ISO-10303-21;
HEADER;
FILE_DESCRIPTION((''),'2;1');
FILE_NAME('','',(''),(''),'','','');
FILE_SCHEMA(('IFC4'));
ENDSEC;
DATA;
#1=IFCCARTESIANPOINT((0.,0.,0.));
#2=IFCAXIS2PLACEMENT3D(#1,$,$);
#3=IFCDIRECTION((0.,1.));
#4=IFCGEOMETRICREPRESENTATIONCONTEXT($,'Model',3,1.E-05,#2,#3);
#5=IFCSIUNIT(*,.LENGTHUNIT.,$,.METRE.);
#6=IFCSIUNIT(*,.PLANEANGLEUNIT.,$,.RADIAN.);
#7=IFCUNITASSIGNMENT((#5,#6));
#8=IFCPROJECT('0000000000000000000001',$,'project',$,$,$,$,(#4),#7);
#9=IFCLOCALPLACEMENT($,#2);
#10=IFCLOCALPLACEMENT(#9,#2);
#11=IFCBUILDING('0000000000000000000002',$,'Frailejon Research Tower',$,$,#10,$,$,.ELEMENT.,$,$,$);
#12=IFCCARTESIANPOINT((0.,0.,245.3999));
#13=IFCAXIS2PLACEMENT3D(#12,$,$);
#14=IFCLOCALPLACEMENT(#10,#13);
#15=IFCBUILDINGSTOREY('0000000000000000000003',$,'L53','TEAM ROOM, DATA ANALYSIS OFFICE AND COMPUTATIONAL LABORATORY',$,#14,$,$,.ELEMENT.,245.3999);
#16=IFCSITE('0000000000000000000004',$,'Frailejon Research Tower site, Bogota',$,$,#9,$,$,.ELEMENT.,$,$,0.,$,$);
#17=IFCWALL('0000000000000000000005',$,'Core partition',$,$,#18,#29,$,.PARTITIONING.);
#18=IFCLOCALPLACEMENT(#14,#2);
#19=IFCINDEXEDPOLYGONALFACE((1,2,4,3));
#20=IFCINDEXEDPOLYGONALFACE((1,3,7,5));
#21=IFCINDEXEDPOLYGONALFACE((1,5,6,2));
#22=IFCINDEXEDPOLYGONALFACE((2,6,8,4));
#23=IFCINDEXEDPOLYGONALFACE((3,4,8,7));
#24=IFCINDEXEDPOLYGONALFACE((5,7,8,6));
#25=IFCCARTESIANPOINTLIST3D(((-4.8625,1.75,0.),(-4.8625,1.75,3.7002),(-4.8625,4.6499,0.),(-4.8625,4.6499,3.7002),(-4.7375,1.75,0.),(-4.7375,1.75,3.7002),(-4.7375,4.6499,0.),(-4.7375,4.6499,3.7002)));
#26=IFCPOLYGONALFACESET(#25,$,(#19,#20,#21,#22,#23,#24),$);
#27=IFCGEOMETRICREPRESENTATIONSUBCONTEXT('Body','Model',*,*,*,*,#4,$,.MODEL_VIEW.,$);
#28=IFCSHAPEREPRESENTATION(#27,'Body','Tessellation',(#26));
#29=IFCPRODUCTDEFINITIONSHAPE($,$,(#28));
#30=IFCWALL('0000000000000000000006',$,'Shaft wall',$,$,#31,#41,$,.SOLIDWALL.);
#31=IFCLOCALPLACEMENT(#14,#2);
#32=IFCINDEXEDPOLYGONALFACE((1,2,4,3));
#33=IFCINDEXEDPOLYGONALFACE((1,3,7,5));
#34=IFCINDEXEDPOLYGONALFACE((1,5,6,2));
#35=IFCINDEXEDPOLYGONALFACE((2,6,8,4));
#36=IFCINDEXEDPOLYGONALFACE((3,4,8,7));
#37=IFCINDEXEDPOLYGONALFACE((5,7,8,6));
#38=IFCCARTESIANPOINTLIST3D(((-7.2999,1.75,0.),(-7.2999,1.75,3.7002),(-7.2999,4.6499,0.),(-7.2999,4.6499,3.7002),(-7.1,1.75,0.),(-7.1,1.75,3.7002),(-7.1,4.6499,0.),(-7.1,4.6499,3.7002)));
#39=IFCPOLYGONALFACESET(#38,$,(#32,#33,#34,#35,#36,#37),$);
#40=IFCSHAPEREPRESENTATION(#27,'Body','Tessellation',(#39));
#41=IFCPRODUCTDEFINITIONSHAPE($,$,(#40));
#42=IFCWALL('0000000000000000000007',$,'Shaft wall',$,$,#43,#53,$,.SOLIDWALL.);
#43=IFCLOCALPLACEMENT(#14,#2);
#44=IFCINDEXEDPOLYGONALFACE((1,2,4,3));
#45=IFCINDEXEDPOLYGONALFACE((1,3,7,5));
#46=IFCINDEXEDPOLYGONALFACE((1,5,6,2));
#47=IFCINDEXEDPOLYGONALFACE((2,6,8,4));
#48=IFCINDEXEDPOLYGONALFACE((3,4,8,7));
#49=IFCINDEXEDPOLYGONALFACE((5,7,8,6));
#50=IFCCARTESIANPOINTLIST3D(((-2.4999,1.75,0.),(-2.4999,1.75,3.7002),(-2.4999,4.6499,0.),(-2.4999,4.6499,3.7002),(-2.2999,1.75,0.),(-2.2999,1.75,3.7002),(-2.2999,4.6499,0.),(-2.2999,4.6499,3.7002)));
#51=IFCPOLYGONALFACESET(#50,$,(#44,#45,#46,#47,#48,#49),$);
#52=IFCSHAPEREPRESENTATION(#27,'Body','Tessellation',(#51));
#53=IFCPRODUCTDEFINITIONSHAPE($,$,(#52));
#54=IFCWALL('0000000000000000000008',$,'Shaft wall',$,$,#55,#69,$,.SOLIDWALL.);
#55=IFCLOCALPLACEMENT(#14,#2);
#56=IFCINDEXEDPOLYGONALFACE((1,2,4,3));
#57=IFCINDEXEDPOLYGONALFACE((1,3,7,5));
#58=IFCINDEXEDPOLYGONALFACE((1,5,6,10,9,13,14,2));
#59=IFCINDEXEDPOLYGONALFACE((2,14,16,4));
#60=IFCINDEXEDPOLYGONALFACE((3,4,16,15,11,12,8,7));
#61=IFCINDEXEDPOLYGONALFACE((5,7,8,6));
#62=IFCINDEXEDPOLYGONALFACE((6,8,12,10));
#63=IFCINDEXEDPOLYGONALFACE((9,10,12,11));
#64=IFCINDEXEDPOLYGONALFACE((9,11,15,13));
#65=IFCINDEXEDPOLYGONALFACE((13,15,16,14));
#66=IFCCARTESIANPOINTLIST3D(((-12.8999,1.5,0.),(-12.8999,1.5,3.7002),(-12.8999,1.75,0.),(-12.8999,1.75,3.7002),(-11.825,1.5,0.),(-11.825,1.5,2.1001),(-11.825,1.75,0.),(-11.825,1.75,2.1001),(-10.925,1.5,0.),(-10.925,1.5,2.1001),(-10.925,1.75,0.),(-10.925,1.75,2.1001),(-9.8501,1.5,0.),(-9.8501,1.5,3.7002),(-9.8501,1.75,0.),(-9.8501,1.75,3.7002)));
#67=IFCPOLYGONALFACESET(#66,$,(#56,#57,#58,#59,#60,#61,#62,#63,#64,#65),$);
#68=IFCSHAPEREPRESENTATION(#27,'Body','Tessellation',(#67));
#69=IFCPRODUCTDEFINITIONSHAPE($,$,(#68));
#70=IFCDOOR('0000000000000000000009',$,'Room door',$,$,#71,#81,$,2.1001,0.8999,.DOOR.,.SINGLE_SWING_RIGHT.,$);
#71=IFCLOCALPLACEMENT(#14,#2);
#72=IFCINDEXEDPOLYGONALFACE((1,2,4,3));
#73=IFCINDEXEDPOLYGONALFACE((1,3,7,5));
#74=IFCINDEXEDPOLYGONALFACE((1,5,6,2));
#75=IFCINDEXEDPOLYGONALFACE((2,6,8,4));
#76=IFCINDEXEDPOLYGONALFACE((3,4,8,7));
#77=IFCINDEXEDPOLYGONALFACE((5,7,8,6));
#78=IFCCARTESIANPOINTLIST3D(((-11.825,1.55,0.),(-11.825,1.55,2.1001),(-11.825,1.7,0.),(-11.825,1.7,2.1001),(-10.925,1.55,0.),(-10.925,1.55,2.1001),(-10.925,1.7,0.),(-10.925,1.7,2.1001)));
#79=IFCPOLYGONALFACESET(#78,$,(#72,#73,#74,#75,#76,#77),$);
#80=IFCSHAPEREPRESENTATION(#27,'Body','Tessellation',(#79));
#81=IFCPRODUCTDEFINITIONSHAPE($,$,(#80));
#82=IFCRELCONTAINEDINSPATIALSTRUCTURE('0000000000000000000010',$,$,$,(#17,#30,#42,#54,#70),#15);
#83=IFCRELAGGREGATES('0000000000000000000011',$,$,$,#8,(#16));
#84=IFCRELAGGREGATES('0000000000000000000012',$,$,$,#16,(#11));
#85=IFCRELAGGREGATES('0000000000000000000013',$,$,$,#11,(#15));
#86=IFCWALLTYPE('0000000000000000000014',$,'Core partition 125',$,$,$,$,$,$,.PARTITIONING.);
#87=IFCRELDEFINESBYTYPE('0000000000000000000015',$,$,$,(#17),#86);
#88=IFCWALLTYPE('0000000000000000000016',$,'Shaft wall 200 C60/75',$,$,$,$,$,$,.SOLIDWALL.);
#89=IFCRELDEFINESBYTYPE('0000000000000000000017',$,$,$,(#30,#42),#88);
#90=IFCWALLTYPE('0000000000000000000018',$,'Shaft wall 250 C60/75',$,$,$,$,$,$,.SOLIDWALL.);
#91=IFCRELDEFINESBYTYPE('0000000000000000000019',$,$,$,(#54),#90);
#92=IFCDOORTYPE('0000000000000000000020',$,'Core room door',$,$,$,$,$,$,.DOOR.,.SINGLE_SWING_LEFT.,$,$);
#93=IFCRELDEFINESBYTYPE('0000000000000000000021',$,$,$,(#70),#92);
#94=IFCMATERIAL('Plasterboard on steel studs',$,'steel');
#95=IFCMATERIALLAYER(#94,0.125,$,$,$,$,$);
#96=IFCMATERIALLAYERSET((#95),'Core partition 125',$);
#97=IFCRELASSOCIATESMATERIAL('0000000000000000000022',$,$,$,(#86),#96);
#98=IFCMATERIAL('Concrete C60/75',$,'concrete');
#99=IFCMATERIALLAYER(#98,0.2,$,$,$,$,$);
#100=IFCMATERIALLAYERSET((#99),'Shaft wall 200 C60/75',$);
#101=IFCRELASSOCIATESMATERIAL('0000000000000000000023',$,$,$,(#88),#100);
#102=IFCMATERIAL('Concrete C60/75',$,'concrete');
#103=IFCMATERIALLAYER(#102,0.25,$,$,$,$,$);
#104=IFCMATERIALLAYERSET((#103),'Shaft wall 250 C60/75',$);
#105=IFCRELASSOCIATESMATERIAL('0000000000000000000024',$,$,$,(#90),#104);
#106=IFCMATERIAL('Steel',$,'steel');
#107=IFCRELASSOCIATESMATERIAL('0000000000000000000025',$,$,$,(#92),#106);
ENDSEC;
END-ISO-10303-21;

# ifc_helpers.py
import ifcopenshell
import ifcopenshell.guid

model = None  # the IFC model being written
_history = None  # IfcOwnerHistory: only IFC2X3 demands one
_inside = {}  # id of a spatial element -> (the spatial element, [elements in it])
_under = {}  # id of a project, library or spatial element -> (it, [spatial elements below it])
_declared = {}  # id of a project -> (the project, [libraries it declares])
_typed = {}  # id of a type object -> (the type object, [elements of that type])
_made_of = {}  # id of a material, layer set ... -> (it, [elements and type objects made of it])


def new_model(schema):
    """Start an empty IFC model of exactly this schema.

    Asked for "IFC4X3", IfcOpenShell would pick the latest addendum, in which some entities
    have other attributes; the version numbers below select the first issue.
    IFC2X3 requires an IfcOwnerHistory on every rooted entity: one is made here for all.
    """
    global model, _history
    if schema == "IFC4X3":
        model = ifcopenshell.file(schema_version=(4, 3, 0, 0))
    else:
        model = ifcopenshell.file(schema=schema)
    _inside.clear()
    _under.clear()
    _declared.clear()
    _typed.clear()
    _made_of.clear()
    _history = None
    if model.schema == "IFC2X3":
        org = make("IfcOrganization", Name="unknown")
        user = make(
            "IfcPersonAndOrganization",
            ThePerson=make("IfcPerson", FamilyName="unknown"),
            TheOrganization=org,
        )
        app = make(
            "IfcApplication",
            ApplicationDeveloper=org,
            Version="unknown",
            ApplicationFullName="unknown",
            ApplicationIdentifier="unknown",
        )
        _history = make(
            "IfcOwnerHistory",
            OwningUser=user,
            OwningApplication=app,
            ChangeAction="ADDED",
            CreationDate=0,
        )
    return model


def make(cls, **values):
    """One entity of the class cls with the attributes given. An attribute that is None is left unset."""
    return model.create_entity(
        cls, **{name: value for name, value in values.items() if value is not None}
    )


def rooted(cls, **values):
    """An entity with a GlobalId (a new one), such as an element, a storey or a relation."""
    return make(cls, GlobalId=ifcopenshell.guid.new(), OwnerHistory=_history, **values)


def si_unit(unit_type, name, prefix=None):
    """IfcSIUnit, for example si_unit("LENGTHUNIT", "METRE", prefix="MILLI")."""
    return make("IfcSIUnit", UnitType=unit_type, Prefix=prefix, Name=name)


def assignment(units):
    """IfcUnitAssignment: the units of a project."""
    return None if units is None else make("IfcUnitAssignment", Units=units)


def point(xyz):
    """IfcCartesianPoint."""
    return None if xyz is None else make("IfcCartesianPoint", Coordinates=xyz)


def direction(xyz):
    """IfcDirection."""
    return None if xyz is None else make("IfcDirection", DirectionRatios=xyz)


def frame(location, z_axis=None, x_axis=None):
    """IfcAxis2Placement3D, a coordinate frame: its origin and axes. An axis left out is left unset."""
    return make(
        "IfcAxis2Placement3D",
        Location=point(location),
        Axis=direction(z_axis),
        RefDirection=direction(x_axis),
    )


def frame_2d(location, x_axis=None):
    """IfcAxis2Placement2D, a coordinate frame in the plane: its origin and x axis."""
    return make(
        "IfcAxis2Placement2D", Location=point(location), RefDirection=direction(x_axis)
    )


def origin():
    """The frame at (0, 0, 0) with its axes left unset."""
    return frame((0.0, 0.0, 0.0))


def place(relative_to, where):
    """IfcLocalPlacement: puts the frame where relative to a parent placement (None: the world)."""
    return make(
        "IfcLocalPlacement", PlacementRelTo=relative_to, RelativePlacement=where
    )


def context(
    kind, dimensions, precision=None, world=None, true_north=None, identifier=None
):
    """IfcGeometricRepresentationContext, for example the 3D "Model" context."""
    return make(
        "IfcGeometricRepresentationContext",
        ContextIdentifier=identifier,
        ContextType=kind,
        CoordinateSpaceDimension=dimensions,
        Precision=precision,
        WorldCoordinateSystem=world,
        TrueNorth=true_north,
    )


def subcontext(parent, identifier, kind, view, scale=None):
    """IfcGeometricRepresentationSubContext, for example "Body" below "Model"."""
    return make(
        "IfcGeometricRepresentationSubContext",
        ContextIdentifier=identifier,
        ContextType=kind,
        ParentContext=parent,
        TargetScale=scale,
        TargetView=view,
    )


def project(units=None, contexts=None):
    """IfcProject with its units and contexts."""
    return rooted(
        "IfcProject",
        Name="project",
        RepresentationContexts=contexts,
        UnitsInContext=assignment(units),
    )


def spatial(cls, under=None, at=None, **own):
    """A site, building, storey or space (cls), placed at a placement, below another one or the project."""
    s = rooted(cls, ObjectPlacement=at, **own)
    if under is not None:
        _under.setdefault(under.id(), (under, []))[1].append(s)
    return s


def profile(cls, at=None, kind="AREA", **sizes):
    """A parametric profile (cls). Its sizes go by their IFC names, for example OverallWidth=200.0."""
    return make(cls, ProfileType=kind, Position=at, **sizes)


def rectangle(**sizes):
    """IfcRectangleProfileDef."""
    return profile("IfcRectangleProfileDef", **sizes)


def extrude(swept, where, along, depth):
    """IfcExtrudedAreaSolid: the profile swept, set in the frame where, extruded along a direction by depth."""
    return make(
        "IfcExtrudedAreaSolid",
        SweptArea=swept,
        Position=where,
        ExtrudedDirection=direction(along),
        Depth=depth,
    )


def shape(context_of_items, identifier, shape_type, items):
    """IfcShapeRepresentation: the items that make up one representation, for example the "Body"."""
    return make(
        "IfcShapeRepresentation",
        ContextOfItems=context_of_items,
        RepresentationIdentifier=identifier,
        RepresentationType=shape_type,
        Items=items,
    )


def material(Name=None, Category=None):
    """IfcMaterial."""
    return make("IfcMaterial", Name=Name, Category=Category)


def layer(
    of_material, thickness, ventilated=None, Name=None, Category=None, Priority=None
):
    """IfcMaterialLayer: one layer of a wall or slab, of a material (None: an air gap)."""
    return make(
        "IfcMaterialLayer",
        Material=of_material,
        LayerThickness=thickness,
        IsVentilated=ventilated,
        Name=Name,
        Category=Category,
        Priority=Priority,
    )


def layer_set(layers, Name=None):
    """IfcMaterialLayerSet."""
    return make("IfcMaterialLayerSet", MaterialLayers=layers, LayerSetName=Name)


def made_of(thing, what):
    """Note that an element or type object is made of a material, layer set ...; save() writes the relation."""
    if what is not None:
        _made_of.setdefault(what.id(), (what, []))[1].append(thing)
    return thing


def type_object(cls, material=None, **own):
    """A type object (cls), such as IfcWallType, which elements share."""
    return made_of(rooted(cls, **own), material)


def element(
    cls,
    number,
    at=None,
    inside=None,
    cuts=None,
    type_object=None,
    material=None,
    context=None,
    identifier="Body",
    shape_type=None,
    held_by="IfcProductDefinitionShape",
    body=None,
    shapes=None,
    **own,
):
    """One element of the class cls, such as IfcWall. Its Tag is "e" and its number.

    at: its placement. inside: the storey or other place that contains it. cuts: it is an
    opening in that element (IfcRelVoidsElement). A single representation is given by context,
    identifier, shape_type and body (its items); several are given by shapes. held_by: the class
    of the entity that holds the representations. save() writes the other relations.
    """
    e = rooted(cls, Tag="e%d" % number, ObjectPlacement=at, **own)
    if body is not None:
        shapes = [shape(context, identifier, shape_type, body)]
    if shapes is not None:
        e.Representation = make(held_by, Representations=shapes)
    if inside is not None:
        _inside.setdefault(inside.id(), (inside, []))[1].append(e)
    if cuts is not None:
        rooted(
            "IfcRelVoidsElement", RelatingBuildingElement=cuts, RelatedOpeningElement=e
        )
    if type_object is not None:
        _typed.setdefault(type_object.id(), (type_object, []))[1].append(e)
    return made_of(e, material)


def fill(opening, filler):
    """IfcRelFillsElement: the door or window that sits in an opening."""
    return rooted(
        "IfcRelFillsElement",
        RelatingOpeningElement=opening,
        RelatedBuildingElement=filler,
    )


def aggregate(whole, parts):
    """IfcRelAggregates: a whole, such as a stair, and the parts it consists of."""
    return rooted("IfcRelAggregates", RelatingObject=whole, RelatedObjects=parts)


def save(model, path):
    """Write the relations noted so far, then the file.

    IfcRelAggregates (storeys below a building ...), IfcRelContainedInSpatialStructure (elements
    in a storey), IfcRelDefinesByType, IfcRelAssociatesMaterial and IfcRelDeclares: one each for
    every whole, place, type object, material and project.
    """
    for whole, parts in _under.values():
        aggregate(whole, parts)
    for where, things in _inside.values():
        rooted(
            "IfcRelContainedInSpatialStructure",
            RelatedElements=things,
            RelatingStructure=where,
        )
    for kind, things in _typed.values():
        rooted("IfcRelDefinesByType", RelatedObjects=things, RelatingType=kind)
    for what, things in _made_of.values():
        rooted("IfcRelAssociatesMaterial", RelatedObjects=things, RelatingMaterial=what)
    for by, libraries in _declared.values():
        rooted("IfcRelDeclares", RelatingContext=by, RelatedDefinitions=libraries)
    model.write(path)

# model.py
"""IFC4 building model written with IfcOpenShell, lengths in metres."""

from ifc_helpers import new_model, si_unit, direction, frame, frame_2d, origin, place, context, subcontext, project, spatial, rectangle, extrude, material, layer, layer_set, type_object, element, fill, save


model = new_model("IFC4")

# Units and contexts
model_context = context("Model", 3, precision=1e-05, world=origin(), true_north=direction((0.0, 1.0)))
body_context = subcontext(model_context, "Body", "Model", "MODEL_VIEW")
ifc_project = project(units=[si_unit("LENGTHUNIT", "METRE"), si_unit("PLANEANGLEUNIT", "RADIAN")], contexts=[model_context])

# Site, building, storey
site_placement = place(None, origin())
site = spatial("IfcSite", under=ifc_project, at=site_placement, Name="Frailejon Research Tower site, Bogota", CompositionType="ELEMENT", RefElevation=0.0)
building_placement = place(site_placement, origin())
building = spatial("IfcBuilding", under=site, at=building_placement, Name="Frailejon Research Tower", CompositionType="ELEMENT")
storey_placement = place(building_placement, frame((0.0, 0.0, 245.3999)))
storey = spatial("IfcBuildingStorey", under=building, at=storey_placement, Name="L53", Description="TEAM ROOM, DATA ANALYSIS OFFICE AND COMPUTATIONAL LABORATORY", CompositionType="ELEMENT", Elevation=245.3999)

# Walls
ifc_material_1 = material(Name="Plasterboard on steel studs", Category="steel")
ifc_layer_1 = layer(ifc_material_1, 0.125)
ifc_layer_set_1 = layer_set([ifc_layer_1], Name="Core partition 125")
wall_type_1 = type_object("IfcWallType", Name="Core partition 125", PredefinedType="PARTITIONING", material=ifc_layer_set_1)
wall_1_placement = place(storey_placement, frame((-4.8, 1.75, 0.0), z_axis=(0.0, 0.0, 1.0), x_axis=(0.0, 1.0, 0.0)))
element("IfcWall", 1, at=wall_1_placement, inside=storey, type_object=wall_type_1, Name="Core partition", PredefinedType="PARTITIONING", context=body_context, shape_type="SweptSolid", body=[
    extrude(rectangle(XDim=2.8999, YDim=0.125, at=frame_2d((1.45, 0.0))), origin(), (0.0, 0.0, 1.0), 3.7002),
])
ifc_material_2 = material(Name="Concrete C60/75", Category="concrete")
ifc_layer_2 = layer(ifc_material_2, 0.2)
ifc_layer_set_2 = layer_set([ifc_layer_2], Name="Shaft wall 200 C60/75")
wall_type_2 = type_object("IfcWallType", Name="Shaft wall 200 C60/75", PredefinedType="SOLIDWALL", material=ifc_layer_set_2)
for number, where, z_axis, x_axis, name in (
    (2, (-7.2, 1.75, 0.0), (0.0, 0.0, 1.0), (0.0, 1.0, 0.0), "Shaft wall"),
    (3, (-2.3999, 1.75, 0.0), (0.0, 0.0, 1.0), (0.0, 1.0, 0.0), "Shaft wall"),
):
    element("IfcWall", number, at=place(storey_placement, frame(where, z_axis=z_axis, x_axis=x_axis)), inside=storey, type_object=wall_type_2, Name=name, PredefinedType="SOLIDWALL", context=body_context, shape_type="SweptSolid", body=[
        extrude(rectangle(XDim=2.8999, YDim=0.2, at=frame_2d((1.45, 0.0))), origin(), (0.0, 0.0, 1.0), 3.7002),
    ])

# Wall, opening, door
ifc_material_3 = material(Name="Concrete C60/75", Category="concrete")
ifc_layer_3 = layer(ifc_material_3, 0.25)
ifc_layer_set_3 = layer_set([ifc_layer_3], Name="Shaft wall 250 C60/75")
wall_type_3 = type_object("IfcWallType", Name="Shaft wall 250 C60/75", PredefinedType="SOLIDWALL", material=ifc_layer_set_3)
wall_2_placement = place(storey_placement, frame((-12.8999, 1.625, 0.0), z_axis=(0.0, 0.0, 1.0), x_axis=(1.0, 0.0, 0.0)))
wall_2 = element("IfcWall", 4, at=wall_2_placement, inside=storey, type_object=wall_type_3, Name="Shaft wall", PredefinedType="SOLIDWALL", context=body_context, shape_type="SweptSolid", body=[
    extrude(rectangle(XDim=3.0498, YDim=0.25, at=frame_2d((1.5249, 0.0))), origin(), (0.0, 0.0, 1.0), 3.7002),
])
opening_1_placement = place(wall_2_placement, frame((1.075, 0.0, 0.0)))
opening_1 = element("IfcOpeningElement", 5, at=opening_1_placement, cuts=wall_2, PredefinedType="OPENING", context=body_context, shape_type="SweptSolid", body=[
    extrude(rectangle(XDim=0.8999, YDim=2.1001, at=frame_2d((0.45, 1.05))), frame((0.0, 0.135, 0.0), z_axis=(0.0, -1.0, 0.0), x_axis=(1.0, 0.0, 0.0)), (0.0, 0.0, 1.0), 0.27),
])
ifc_material_4 = material(Name="Steel", Category="steel")
door_type_1 = type_object("IfcDoorType", Name="Core room door", OperationType="SINGLE_SWING_LEFT", PredefinedType="DOOR", material=ifc_material_4)
door_1_placement = place(opening_1_placement, origin())
door_1 = element("IfcDoor", 6, at=door_1_placement, inside=storey, type_object=door_type_1, Name="Room door", OperationType="SINGLE_SWING_RIGHT", OverallHeight=2.1001, OverallWidth=0.8999, PredefinedType="DOOR", context=body_context, shape_type="SweptSolid", body=[
    extrude(rectangle(XDim=0.8999, YDim=2.1001, at=frame_2d((0.45, 1.05))), frame((0.0, 0.075, 0.0), z_axis=(0.0, -1.0, 0.0), x_axis=(1.0, 0.0, 0.0)), (0.0, 0.0, 1.0), 0.1499),
])
fill(opening_1, door_1)

save(model, "model.ifc")
